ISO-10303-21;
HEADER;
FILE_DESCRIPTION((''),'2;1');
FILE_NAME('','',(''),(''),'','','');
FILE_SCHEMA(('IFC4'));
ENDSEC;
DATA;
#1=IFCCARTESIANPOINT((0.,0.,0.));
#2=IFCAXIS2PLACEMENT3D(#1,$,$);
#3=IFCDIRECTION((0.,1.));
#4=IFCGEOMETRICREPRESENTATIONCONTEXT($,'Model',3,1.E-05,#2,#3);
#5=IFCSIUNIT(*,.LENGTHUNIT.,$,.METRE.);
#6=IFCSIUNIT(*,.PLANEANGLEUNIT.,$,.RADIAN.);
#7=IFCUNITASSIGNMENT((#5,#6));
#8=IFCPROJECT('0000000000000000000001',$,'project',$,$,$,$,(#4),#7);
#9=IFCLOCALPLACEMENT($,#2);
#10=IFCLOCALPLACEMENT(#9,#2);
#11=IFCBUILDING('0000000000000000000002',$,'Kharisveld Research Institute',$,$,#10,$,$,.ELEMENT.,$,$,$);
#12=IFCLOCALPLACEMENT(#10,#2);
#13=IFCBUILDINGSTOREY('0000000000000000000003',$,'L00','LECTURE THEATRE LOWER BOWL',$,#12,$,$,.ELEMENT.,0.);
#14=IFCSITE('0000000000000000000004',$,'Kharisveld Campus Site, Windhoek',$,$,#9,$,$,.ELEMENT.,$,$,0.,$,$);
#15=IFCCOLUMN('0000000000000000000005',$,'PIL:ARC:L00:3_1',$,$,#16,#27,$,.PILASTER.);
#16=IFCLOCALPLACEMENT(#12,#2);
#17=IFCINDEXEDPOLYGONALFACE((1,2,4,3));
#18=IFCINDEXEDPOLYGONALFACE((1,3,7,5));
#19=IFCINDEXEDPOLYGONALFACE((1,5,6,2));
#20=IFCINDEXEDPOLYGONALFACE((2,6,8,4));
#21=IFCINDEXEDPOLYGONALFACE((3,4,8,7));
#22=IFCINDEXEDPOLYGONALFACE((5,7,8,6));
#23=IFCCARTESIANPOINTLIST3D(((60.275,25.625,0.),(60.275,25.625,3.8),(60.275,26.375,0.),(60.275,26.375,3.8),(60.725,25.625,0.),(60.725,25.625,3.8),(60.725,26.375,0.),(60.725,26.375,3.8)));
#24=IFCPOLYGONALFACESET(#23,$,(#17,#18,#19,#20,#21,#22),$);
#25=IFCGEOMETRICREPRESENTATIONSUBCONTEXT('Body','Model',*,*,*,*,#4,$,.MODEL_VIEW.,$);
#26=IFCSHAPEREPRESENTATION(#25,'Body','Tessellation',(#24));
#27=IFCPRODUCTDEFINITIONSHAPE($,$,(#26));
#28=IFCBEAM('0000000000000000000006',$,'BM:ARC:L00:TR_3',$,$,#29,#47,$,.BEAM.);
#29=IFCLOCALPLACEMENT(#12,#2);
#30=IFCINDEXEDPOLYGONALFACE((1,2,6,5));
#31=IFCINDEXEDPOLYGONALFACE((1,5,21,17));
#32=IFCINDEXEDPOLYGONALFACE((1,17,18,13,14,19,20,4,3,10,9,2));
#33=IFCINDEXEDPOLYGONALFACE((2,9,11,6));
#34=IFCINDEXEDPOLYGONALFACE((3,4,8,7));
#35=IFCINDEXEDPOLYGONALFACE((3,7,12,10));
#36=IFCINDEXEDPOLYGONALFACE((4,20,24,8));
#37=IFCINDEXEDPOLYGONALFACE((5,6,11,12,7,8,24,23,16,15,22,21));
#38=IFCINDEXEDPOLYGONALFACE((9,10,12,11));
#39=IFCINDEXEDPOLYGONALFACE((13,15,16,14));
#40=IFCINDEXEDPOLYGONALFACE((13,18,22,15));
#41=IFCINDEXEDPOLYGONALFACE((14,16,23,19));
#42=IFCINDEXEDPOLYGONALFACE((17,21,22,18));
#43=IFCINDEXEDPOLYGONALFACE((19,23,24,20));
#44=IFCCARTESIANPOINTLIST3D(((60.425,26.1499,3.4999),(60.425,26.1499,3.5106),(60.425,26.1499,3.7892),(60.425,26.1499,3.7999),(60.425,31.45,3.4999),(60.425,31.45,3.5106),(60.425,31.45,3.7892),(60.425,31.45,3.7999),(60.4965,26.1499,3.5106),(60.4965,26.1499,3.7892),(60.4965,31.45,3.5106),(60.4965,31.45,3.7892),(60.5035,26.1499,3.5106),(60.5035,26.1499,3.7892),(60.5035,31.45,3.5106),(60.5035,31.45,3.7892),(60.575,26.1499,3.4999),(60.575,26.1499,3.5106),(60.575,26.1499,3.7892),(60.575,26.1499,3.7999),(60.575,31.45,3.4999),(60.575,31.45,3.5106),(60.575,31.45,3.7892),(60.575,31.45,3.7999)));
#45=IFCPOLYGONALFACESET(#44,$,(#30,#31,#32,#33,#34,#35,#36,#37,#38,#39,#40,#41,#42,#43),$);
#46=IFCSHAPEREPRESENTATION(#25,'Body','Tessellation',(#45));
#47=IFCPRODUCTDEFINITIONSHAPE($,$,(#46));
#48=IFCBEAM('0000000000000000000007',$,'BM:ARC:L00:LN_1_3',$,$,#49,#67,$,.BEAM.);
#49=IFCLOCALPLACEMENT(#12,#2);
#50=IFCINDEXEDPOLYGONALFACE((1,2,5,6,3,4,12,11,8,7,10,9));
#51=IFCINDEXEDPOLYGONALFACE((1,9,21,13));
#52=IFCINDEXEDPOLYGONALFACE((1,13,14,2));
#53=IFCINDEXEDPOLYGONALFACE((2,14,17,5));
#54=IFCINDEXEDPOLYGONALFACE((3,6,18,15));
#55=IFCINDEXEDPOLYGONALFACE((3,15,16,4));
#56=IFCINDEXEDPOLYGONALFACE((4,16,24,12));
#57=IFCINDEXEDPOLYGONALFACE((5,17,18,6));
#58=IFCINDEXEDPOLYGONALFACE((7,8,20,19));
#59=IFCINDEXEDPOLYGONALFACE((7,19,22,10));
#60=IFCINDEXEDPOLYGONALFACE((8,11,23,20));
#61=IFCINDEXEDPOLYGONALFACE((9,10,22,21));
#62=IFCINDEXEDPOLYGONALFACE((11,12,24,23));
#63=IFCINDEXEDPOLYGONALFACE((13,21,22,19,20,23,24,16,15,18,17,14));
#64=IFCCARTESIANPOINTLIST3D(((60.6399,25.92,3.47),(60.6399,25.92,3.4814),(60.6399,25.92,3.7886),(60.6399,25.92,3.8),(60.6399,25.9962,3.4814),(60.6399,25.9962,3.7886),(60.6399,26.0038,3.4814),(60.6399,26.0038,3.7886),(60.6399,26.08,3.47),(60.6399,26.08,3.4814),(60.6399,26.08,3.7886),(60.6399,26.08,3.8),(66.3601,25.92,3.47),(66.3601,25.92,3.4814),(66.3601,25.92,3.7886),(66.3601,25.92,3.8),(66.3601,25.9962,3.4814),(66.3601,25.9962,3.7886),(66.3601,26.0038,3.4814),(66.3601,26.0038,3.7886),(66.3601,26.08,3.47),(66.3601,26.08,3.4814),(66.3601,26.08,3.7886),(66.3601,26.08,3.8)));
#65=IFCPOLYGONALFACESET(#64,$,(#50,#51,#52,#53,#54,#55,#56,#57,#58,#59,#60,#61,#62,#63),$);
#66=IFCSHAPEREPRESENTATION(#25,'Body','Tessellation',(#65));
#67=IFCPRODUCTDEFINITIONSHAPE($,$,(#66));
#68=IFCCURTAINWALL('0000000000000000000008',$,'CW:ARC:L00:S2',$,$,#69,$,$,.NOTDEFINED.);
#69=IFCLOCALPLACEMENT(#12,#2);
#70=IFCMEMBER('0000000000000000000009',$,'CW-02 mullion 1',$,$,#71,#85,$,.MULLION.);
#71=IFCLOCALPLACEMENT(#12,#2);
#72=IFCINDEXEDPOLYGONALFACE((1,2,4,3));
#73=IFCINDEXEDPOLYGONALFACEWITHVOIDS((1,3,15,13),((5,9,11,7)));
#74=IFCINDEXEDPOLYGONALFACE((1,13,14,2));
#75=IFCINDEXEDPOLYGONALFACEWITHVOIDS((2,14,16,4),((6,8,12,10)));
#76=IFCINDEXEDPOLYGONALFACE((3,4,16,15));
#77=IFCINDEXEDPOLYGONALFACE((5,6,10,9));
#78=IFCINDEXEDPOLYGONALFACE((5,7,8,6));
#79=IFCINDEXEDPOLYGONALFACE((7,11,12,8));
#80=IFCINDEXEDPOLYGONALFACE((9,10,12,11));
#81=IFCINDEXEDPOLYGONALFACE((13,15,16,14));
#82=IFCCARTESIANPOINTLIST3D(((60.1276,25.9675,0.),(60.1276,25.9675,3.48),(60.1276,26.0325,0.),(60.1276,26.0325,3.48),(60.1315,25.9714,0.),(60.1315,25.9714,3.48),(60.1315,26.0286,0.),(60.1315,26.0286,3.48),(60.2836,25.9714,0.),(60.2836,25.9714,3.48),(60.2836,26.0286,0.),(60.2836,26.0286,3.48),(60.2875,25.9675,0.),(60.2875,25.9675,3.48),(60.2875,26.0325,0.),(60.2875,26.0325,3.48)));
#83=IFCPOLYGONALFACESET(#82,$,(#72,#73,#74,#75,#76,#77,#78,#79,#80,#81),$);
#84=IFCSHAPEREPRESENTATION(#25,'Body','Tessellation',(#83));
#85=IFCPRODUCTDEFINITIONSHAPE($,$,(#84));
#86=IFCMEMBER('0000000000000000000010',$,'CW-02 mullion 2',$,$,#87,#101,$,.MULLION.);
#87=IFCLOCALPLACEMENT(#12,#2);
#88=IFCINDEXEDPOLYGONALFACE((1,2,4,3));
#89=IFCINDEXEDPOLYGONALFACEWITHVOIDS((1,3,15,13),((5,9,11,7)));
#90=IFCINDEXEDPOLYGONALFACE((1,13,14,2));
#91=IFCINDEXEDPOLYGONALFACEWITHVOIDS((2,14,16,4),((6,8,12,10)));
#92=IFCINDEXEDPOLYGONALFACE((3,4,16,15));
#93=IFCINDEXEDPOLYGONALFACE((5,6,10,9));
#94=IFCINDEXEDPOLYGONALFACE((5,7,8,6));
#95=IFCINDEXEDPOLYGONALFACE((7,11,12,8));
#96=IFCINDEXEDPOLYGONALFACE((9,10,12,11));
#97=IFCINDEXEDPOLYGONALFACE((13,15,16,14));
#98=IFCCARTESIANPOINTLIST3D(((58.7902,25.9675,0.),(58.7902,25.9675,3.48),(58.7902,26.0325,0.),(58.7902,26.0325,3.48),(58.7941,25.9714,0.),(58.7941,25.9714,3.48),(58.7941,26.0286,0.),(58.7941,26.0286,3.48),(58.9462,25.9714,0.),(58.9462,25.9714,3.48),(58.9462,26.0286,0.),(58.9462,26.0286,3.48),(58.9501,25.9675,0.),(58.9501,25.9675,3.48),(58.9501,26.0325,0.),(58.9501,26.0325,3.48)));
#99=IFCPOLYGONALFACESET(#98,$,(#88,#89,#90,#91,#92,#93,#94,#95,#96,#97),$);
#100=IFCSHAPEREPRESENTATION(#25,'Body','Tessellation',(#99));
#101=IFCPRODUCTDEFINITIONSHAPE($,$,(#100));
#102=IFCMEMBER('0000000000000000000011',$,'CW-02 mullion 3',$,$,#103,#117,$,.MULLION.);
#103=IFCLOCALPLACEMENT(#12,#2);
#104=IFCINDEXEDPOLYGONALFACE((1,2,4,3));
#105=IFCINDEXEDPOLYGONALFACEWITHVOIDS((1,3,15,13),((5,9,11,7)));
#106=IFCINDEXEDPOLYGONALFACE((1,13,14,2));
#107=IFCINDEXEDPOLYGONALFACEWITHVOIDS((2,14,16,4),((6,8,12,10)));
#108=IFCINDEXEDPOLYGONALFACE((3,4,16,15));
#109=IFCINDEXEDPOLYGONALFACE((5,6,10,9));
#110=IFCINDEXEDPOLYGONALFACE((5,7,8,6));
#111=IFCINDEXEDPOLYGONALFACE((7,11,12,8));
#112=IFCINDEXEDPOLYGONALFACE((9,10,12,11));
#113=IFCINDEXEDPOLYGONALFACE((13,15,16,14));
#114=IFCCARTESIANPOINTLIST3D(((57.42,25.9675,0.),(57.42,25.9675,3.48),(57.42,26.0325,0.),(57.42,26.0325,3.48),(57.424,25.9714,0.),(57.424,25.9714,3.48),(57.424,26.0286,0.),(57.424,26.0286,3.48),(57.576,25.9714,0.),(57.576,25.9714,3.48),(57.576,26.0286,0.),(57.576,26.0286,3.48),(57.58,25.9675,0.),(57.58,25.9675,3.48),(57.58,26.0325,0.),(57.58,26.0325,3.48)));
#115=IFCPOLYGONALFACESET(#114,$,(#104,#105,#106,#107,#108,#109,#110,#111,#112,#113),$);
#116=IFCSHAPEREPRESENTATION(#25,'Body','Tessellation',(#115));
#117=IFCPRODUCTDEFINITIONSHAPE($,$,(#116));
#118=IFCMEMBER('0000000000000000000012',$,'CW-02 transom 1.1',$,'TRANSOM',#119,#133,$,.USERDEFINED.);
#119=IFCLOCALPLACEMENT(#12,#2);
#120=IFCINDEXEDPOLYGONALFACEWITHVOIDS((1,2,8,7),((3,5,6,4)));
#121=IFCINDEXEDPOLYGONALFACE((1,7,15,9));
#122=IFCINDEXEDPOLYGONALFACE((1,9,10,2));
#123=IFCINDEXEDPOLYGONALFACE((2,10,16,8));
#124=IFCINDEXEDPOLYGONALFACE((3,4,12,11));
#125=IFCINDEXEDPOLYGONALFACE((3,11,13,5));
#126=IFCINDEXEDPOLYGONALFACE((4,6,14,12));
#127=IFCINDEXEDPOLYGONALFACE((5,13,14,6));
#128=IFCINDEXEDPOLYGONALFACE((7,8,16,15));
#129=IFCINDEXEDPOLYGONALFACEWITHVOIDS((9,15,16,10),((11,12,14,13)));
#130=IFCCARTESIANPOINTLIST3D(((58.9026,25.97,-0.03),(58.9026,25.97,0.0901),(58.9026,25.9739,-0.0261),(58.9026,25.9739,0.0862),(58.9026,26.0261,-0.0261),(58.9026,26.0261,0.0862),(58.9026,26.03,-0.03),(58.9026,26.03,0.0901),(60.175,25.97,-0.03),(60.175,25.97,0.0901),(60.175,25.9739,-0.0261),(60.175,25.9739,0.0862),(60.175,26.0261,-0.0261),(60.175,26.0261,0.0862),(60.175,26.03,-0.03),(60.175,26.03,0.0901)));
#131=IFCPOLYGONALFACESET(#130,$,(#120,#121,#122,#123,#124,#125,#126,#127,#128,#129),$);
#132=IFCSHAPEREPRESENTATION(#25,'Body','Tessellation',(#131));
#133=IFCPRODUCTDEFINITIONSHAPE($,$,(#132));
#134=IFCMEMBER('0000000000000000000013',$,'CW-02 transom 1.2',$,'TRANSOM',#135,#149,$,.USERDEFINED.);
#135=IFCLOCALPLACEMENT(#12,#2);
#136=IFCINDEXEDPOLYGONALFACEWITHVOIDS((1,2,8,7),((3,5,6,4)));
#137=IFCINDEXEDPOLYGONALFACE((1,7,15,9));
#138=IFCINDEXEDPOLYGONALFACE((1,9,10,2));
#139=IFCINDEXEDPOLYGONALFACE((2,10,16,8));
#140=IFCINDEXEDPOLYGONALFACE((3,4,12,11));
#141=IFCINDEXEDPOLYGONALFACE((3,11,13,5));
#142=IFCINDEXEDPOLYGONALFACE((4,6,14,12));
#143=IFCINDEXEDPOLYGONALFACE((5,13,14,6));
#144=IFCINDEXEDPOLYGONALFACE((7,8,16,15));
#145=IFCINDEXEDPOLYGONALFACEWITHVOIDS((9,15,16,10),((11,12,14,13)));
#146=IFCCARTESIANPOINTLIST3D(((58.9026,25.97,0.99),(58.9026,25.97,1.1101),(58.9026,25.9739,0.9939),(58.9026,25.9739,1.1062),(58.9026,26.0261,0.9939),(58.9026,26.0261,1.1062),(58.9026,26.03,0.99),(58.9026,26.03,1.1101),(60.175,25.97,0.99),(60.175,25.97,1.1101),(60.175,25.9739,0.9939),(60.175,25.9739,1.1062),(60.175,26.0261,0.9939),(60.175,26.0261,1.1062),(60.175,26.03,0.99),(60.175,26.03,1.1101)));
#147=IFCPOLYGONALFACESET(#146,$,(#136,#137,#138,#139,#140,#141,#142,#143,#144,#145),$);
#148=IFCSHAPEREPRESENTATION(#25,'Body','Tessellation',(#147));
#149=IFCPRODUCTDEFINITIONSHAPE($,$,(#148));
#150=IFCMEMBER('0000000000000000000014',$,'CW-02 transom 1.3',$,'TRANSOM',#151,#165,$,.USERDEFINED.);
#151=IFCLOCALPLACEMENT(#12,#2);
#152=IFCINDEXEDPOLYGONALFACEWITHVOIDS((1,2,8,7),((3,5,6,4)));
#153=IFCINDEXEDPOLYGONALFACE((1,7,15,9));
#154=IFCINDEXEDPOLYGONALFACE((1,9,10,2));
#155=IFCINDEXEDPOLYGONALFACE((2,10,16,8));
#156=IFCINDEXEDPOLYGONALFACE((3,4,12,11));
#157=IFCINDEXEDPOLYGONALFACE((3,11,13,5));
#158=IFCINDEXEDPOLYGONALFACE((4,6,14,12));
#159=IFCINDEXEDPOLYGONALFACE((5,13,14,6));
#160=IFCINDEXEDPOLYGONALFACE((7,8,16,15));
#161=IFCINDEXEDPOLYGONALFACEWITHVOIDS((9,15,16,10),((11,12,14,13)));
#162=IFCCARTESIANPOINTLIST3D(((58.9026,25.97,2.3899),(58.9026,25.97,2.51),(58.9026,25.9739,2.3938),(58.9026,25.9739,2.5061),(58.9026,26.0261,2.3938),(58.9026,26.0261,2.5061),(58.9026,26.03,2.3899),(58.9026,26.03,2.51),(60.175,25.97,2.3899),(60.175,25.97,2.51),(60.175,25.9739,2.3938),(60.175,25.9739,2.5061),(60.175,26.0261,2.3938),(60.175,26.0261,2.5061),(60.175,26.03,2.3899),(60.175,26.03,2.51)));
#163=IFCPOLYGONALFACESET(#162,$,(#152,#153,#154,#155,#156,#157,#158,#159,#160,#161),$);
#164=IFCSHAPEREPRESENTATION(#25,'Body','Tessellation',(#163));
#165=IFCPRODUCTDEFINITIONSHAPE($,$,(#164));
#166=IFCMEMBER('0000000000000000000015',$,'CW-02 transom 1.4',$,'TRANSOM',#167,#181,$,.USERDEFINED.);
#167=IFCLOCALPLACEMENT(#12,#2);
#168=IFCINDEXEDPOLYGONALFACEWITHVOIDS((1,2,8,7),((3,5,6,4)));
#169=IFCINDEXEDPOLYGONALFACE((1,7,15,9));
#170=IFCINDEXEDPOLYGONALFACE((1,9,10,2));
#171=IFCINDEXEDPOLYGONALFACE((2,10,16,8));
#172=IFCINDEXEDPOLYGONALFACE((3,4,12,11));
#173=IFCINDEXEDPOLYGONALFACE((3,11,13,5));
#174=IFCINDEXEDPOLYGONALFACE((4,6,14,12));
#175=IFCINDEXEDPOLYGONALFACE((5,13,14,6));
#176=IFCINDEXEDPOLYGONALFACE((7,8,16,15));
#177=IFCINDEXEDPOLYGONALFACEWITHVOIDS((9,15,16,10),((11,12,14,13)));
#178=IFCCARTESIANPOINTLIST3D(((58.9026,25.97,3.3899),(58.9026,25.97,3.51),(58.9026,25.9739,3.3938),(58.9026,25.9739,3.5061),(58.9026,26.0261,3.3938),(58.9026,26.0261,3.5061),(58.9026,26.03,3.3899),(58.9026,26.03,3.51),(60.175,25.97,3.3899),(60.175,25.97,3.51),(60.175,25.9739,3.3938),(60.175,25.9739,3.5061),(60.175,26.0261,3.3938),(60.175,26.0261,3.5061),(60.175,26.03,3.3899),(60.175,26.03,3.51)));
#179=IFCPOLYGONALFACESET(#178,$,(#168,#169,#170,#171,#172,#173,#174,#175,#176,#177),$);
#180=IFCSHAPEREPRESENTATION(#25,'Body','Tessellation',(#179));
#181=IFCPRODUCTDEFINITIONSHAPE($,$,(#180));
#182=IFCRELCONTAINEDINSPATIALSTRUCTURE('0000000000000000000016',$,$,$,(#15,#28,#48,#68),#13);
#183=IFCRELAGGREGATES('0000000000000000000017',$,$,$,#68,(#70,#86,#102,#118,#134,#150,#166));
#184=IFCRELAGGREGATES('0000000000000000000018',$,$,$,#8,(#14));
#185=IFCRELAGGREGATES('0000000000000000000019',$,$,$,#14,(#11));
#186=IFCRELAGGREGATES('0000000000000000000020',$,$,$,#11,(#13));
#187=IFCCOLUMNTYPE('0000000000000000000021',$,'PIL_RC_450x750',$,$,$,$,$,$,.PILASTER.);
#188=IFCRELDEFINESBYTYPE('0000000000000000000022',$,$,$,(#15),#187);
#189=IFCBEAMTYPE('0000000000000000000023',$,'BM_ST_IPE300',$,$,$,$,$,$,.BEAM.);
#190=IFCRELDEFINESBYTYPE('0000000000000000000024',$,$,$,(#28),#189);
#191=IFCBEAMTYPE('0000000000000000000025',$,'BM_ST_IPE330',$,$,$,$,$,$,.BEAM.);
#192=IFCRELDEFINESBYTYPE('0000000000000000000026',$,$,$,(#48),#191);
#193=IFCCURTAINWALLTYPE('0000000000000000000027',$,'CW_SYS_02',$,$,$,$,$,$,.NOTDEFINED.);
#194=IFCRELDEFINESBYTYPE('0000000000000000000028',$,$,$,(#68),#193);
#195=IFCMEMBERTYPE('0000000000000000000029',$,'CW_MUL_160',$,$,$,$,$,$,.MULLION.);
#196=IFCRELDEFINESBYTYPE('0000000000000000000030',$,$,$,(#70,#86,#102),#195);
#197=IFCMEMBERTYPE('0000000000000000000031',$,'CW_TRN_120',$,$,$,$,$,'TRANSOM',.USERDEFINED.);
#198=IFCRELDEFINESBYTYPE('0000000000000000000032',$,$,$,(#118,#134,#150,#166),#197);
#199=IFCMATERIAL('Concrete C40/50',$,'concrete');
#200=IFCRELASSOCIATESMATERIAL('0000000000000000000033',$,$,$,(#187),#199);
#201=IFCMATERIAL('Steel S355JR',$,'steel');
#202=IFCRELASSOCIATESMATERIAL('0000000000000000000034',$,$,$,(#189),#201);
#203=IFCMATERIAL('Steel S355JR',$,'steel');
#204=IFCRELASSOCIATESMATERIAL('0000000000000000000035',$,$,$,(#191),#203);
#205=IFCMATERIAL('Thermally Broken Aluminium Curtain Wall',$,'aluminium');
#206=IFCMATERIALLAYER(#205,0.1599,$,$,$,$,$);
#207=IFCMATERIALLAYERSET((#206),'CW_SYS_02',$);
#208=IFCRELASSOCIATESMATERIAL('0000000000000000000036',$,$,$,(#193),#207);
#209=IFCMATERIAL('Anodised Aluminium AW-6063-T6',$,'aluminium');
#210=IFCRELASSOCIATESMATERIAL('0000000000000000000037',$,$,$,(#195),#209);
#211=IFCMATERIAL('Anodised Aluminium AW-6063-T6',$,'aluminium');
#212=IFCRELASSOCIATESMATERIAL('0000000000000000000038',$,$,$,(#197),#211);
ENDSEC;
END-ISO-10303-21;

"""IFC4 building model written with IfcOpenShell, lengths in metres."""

from ifc_helpers import new_model, si_unit, direction, frame, origin, origin_2d, place, context, subcontext, project, spatial, rectangle, hollow_rectangle, i_section, extrude, material, layer, layer_set, material_profile, profile_set, type_object, element, aggregate, save


model = new_model("IFC4")

# Units and contexts
model_context = context("Model", 3, precision=1e-05, world=origin(), true_north=direction((0.0, 1.0)))
body_context = subcontext(model_context, "Body", "Model", "MODEL_VIEW")
ifc_project = project(units=[si_unit("LENGTHUNIT", "METRE"), si_unit("PLANEANGLEUNIT", "RADIAN")], contexts=[model_context])

# Site, building, storey
site_placement = place(None, origin())
site = spatial("IfcSite", under=ifc_project, at=site_placement, Name="Kharisveld Campus Site, Windhoek", CompositionType="ELEMENT", RefElevation=0.0)
building_placement = place(site_placement, origin())
building = spatial("IfcBuilding", under=site, at=building_placement, Name="Kharisveld Research Institute", CompositionType="ELEMENT")
storey_placement = place(building_placement, origin())
storey = spatial("IfcBuildingStorey", under=building, at=storey_placement, Name="L00", Description="LECTURE THEATRE LOWER BOWL", CompositionType="ELEMENT", Elevation=0.0)

# Column
ifc_material_1 = material(Name="Concrete C40/50", Category="concrete")
ifc_material_profile_1 = material_profile(ifc_material_1, rectangle(XDim=0.45, YDim=0.75, at=origin_2d()))
ifc_profile_set_1 = profile_set([ifc_material_profile_1], Name="Concrete C40/50")
column_type = type_object("IfcColumnType", Name="PIL_RC_450x750", PredefinedType="PILASTER", material=ifc_profile_set_1)
column_placement = place(storey_placement, frame((60.5, 26.0, 0.0), z_axis=(0.0, 0.0, 1.0), x_axis=(1.0, 0.0, 0.0)))
element("IfcColumn", 1, at=column_placement, inside=storey, type_object=column_type, Name="PIL:ARC:L00:3_1", PredefinedType="PILASTER", context=body_context, shape_type="SweptSolid", body=[
    extrude(rectangle(XDim=0.45, YDim=0.75, at=origin_2d()), origin(), (0.0, 0.0, 1.0), 3.8),
])

# Beams
ifc_material_2 = material(Name="Steel S355JR", Category="steel")
ifc_material_profile_2 = material_profile(ifc_material_2, i_section(OverallWidth=0.1499, OverallDepth=0.3, WebThickness=0.0071, FlangeThickness=0.0107, at=origin_2d()))
ifc_profile_set_2 = profile_set([ifc_material_profile_2], Name="Steel S355JR")
beam_type_1 = type_object("IfcBeamType", Name="BM_ST_IPE300", PredefinedType="BEAM", material=ifc_profile_set_2)
beam_1_placement = place(storey_placement, frame((60.5, 26.1499, 3.6499), z_axis=(0.0, 1.0, 0.0), x_axis=(-1.0, 0.0, 0.0)))
element("IfcBeam", 2, at=beam_1_placement, inside=storey, type_object=beam_type_1, Name="BM:ARC:L00:TR_3", PredefinedType="BEAM", context=body_context, shape_type="SweptSolid", body=[
    extrude(i_section(OverallWidth=0.1499, OverallDepth=0.3, WebThickness=0.0071, FlangeThickness=0.0107, at=origin_2d()), origin(), (0.0, 0.0, 1.0), 5.3),
])
ifc_material_3 = material(Name="Steel S355JR", Category="steel")
ifc_material_profile_3 = material_profile(ifc_material_3, i_section(OverallWidth=0.1599, OverallDepth=0.3301, WebThickness=0.0076, FlangeThickness=0.0115, at=origin_2d()))
ifc_profile_set_3 = profile_set([ifc_material_profile_3], Name="Steel S355JR")
beam_type_2 = type_object("IfcBeamType", Name="BM_ST_IPE330", PredefinedType="BEAM", material=ifc_profile_set_3)
beam_2_placement = place(storey_placement, frame((60.6399, 26.0, 3.635), z_axis=(1.0, 0.0, 0.0), x_axis=(0.0, 1.0, 0.0)))
element("IfcBeam", 3, at=beam_2_placement, inside=storey, type_object=beam_type_2, Name="BM:ARC:L00:LN_1_3", PredefinedType="BEAM", context=body_context, shape_type="SweptSolid", body=[
    extrude(i_section(OverallWidth=0.1599, OverallDepth=0.3301, WebThickness=0.0076, FlangeThickness=0.0115, at=origin_2d()), origin(), (0.0, 0.0, 1.0), 5.7202),
])

# Curtain wall, members
ifc_material_4 = material(Name="Thermally Broken Aluminium Curtain Wall", Category="aluminium")
ifc_layer_1 = layer(ifc_material_4, 0.1599)
ifc_layer_set_1 = layer_set([ifc_layer_1], Name="CW_SYS_02")
curtain_wall_type = type_object("IfcCurtainWallType", Name="CW_SYS_02", PredefinedType="NOTDEFINED", material=ifc_layer_set_1)
curtain_wall_placement = place(storey_placement, origin())
curtain_wall = element("IfcCurtainWall", 4, at=curtain_wall_placement, inside=storey, type_object=curtain_wall_type, Name="CW:ARC:L00:S2", PredefinedType="NOTDEFINED")
ifc_material_5 = material(Name="Anodised Aluminium AW-6063-T6", Category="aluminium")
ifc_material_profile_4 = material_profile(ifc_material_5, hollow_rectangle(XDim=0.0649, YDim=0.1599, WallThickness=0.0039, at=origin_2d()))
ifc_profile_set_4 = profile_set([ifc_material_profile_4], Name="Anodised Aluminium AW-6063-T6")
member_type_1 = type_object("IfcMemberType", Name="CW_MUL_160", PredefinedType="MULLION", material=ifc_profile_set_4)
member_1_placement = place(storey_placement, frame((60.2075, 26.0, 0.0), z_axis=(0.0, 0.0, 1.0), x_axis=(0.0, -1.0, 0.0)))
member_1 = element("IfcMember", 5, at=member_1_placement, type_object=member_type_1, Name="CW-02 mullion 1", PredefinedType="MULLION", context=body_context, shape_type="SweptSolid", body=[
    extrude(hollow_rectangle(XDim=0.0649, YDim=0.1599, WallThickness=0.0039, at=origin_2d()), origin(), (0.0, 0.0, 1.0), 3.48),
])
member_2_placement = place(storey_placement, frame((58.8701, 26.0, 0.0), z_axis=(0.0, 0.0, 1.0), x_axis=(0.0, -1.0, 0.0)))
member_2 = element("IfcMember", 6, at=member_2_placement, type_object=member_type_1, Name="CW-02 mullion 2", PredefinedType="MULLION", context=body_context, shape_type="SweptSolid", body=[
    extrude(hollow_rectangle(XDim=0.0649, YDim=0.1599, WallThickness=0.0039, at=origin_2d()), origin(), (0.0, 0.0, 1.0), 3.48),
])
member_3_placement = place(storey_placement, frame((57.5, 26.0, 0.0), z_axis=(0.0, 0.0, 1.0), x_axis=(0.0, -1.0, 0.0)))
member_3 = element("IfcMember", 7, at=member_3_placement, type_object=member_type_1, Name="CW-02 mullion 3", PredefinedType="MULLION", context=body_context, shape_type="SweptSolid", body=[
    extrude(hollow_rectangle(XDim=0.0649, YDim=0.1599, WallThickness=0.0039, at=origin_2d()), origin(), (0.0, 0.0, 1.0), 3.48),
])
ifc_material_6 = material(Name="Anodised Aluminium AW-6063-T6", Category="aluminium")
ifc_material_profile_5 = material_profile(ifc_material_6, hollow_rectangle(XDim=0.0601, YDim=0.1201, WallThickness=0.0039, at=origin_2d()))
ifc_profile_set_5 = profile_set([ifc_material_profile_5], Name="Anodised Aluminium AW-6063-T6")
member_type_2 = type_object("IfcMemberType", Name="CW_TRN_120", ElementType="TRANSOM", PredefinedType="USERDEFINED", material=ifc_profile_set_5)
member_4_placement = place(storey_placement, frame((60.175, 26.0, 0.03), z_axis=(-1.0, 0.0, 0.0), x_axis=(0.0, -1.0, 0.0)))
member_4 = element("IfcMember", 8, at=member_4_placement, type_object=member_type_2, Name="CW-02 transom 1.1", ObjectType="TRANSOM", PredefinedType="USERDEFINED", context=body_context, shape_type="SweptSolid", body=[
    extrude(hollow_rectangle(XDim=0.0601, YDim=0.1201, WallThickness=0.0039, at=origin_2d()), origin(), (0.0, 0.0, 1.0), 1.2725),
])
member_5_placement = place(storey_placement, frame((60.175, 26.0, 1.05), z_axis=(-1.0, 0.0, 0.0), x_axis=(0.0, -1.0, 0.0)))
member_5 = element("IfcMember", 9, at=member_5_placement, type_object=member_type_2, Name="CW-02 transom 1.2", ObjectType="TRANSOM", PredefinedType="USERDEFINED", context=body_context, shape_type="SweptSolid", body=[
    extrude(hollow_rectangle(XDim=0.0601, YDim=0.1201, WallThickness=0.0039, at=origin_2d()), origin(), (0.0, 0.0, 1.0), 1.2725),
])
member_6_placement = place(storey_placement, frame((60.175, 26.0, 2.45), z_axis=(-1.0, 0.0, 0.0), x_axis=(0.0, -1.0, 0.0)))
member_6 = element("IfcMember", 10, at=member_6_placement, type_object=member_type_2, Name="CW-02 transom 1.3", ObjectType="TRANSOM", PredefinedType="USERDEFINED", context=body_context, shape_type="SweptSolid", body=[
    extrude(hollow_rectangle(XDim=0.0601, YDim=0.1201, WallThickness=0.0039, at=origin_2d()), origin(), (0.0, 0.0, 1.0), 1.2725),
])
member_7_placement = place(storey_placement, frame((60.175, 26.0, 3.45), z_axis=(-1.0, 0.0, 0.0), x_axis=(0.0, -1.0, 0.0)))
member_7 = element("IfcMember", 11, at=member_7_placement, type_object=member_type_2, Name="CW-02 transom 1.4", ObjectType="TRANSOM", PredefinedType="USERDEFINED", context=body_context, shape_type="SweptSolid", body=[
    extrude(hollow_rectangle(XDim=0.0601, YDim=0.1201, WallThickness=0.0039, at=origin_2d()), origin(), (0.0, 0.0, 1.0), 1.2725),
])
aggregate(curtain_wall, [member_1, member_2, member_3, member_4, member_5, member_6, member_7])

save(model, "model.ifc")
